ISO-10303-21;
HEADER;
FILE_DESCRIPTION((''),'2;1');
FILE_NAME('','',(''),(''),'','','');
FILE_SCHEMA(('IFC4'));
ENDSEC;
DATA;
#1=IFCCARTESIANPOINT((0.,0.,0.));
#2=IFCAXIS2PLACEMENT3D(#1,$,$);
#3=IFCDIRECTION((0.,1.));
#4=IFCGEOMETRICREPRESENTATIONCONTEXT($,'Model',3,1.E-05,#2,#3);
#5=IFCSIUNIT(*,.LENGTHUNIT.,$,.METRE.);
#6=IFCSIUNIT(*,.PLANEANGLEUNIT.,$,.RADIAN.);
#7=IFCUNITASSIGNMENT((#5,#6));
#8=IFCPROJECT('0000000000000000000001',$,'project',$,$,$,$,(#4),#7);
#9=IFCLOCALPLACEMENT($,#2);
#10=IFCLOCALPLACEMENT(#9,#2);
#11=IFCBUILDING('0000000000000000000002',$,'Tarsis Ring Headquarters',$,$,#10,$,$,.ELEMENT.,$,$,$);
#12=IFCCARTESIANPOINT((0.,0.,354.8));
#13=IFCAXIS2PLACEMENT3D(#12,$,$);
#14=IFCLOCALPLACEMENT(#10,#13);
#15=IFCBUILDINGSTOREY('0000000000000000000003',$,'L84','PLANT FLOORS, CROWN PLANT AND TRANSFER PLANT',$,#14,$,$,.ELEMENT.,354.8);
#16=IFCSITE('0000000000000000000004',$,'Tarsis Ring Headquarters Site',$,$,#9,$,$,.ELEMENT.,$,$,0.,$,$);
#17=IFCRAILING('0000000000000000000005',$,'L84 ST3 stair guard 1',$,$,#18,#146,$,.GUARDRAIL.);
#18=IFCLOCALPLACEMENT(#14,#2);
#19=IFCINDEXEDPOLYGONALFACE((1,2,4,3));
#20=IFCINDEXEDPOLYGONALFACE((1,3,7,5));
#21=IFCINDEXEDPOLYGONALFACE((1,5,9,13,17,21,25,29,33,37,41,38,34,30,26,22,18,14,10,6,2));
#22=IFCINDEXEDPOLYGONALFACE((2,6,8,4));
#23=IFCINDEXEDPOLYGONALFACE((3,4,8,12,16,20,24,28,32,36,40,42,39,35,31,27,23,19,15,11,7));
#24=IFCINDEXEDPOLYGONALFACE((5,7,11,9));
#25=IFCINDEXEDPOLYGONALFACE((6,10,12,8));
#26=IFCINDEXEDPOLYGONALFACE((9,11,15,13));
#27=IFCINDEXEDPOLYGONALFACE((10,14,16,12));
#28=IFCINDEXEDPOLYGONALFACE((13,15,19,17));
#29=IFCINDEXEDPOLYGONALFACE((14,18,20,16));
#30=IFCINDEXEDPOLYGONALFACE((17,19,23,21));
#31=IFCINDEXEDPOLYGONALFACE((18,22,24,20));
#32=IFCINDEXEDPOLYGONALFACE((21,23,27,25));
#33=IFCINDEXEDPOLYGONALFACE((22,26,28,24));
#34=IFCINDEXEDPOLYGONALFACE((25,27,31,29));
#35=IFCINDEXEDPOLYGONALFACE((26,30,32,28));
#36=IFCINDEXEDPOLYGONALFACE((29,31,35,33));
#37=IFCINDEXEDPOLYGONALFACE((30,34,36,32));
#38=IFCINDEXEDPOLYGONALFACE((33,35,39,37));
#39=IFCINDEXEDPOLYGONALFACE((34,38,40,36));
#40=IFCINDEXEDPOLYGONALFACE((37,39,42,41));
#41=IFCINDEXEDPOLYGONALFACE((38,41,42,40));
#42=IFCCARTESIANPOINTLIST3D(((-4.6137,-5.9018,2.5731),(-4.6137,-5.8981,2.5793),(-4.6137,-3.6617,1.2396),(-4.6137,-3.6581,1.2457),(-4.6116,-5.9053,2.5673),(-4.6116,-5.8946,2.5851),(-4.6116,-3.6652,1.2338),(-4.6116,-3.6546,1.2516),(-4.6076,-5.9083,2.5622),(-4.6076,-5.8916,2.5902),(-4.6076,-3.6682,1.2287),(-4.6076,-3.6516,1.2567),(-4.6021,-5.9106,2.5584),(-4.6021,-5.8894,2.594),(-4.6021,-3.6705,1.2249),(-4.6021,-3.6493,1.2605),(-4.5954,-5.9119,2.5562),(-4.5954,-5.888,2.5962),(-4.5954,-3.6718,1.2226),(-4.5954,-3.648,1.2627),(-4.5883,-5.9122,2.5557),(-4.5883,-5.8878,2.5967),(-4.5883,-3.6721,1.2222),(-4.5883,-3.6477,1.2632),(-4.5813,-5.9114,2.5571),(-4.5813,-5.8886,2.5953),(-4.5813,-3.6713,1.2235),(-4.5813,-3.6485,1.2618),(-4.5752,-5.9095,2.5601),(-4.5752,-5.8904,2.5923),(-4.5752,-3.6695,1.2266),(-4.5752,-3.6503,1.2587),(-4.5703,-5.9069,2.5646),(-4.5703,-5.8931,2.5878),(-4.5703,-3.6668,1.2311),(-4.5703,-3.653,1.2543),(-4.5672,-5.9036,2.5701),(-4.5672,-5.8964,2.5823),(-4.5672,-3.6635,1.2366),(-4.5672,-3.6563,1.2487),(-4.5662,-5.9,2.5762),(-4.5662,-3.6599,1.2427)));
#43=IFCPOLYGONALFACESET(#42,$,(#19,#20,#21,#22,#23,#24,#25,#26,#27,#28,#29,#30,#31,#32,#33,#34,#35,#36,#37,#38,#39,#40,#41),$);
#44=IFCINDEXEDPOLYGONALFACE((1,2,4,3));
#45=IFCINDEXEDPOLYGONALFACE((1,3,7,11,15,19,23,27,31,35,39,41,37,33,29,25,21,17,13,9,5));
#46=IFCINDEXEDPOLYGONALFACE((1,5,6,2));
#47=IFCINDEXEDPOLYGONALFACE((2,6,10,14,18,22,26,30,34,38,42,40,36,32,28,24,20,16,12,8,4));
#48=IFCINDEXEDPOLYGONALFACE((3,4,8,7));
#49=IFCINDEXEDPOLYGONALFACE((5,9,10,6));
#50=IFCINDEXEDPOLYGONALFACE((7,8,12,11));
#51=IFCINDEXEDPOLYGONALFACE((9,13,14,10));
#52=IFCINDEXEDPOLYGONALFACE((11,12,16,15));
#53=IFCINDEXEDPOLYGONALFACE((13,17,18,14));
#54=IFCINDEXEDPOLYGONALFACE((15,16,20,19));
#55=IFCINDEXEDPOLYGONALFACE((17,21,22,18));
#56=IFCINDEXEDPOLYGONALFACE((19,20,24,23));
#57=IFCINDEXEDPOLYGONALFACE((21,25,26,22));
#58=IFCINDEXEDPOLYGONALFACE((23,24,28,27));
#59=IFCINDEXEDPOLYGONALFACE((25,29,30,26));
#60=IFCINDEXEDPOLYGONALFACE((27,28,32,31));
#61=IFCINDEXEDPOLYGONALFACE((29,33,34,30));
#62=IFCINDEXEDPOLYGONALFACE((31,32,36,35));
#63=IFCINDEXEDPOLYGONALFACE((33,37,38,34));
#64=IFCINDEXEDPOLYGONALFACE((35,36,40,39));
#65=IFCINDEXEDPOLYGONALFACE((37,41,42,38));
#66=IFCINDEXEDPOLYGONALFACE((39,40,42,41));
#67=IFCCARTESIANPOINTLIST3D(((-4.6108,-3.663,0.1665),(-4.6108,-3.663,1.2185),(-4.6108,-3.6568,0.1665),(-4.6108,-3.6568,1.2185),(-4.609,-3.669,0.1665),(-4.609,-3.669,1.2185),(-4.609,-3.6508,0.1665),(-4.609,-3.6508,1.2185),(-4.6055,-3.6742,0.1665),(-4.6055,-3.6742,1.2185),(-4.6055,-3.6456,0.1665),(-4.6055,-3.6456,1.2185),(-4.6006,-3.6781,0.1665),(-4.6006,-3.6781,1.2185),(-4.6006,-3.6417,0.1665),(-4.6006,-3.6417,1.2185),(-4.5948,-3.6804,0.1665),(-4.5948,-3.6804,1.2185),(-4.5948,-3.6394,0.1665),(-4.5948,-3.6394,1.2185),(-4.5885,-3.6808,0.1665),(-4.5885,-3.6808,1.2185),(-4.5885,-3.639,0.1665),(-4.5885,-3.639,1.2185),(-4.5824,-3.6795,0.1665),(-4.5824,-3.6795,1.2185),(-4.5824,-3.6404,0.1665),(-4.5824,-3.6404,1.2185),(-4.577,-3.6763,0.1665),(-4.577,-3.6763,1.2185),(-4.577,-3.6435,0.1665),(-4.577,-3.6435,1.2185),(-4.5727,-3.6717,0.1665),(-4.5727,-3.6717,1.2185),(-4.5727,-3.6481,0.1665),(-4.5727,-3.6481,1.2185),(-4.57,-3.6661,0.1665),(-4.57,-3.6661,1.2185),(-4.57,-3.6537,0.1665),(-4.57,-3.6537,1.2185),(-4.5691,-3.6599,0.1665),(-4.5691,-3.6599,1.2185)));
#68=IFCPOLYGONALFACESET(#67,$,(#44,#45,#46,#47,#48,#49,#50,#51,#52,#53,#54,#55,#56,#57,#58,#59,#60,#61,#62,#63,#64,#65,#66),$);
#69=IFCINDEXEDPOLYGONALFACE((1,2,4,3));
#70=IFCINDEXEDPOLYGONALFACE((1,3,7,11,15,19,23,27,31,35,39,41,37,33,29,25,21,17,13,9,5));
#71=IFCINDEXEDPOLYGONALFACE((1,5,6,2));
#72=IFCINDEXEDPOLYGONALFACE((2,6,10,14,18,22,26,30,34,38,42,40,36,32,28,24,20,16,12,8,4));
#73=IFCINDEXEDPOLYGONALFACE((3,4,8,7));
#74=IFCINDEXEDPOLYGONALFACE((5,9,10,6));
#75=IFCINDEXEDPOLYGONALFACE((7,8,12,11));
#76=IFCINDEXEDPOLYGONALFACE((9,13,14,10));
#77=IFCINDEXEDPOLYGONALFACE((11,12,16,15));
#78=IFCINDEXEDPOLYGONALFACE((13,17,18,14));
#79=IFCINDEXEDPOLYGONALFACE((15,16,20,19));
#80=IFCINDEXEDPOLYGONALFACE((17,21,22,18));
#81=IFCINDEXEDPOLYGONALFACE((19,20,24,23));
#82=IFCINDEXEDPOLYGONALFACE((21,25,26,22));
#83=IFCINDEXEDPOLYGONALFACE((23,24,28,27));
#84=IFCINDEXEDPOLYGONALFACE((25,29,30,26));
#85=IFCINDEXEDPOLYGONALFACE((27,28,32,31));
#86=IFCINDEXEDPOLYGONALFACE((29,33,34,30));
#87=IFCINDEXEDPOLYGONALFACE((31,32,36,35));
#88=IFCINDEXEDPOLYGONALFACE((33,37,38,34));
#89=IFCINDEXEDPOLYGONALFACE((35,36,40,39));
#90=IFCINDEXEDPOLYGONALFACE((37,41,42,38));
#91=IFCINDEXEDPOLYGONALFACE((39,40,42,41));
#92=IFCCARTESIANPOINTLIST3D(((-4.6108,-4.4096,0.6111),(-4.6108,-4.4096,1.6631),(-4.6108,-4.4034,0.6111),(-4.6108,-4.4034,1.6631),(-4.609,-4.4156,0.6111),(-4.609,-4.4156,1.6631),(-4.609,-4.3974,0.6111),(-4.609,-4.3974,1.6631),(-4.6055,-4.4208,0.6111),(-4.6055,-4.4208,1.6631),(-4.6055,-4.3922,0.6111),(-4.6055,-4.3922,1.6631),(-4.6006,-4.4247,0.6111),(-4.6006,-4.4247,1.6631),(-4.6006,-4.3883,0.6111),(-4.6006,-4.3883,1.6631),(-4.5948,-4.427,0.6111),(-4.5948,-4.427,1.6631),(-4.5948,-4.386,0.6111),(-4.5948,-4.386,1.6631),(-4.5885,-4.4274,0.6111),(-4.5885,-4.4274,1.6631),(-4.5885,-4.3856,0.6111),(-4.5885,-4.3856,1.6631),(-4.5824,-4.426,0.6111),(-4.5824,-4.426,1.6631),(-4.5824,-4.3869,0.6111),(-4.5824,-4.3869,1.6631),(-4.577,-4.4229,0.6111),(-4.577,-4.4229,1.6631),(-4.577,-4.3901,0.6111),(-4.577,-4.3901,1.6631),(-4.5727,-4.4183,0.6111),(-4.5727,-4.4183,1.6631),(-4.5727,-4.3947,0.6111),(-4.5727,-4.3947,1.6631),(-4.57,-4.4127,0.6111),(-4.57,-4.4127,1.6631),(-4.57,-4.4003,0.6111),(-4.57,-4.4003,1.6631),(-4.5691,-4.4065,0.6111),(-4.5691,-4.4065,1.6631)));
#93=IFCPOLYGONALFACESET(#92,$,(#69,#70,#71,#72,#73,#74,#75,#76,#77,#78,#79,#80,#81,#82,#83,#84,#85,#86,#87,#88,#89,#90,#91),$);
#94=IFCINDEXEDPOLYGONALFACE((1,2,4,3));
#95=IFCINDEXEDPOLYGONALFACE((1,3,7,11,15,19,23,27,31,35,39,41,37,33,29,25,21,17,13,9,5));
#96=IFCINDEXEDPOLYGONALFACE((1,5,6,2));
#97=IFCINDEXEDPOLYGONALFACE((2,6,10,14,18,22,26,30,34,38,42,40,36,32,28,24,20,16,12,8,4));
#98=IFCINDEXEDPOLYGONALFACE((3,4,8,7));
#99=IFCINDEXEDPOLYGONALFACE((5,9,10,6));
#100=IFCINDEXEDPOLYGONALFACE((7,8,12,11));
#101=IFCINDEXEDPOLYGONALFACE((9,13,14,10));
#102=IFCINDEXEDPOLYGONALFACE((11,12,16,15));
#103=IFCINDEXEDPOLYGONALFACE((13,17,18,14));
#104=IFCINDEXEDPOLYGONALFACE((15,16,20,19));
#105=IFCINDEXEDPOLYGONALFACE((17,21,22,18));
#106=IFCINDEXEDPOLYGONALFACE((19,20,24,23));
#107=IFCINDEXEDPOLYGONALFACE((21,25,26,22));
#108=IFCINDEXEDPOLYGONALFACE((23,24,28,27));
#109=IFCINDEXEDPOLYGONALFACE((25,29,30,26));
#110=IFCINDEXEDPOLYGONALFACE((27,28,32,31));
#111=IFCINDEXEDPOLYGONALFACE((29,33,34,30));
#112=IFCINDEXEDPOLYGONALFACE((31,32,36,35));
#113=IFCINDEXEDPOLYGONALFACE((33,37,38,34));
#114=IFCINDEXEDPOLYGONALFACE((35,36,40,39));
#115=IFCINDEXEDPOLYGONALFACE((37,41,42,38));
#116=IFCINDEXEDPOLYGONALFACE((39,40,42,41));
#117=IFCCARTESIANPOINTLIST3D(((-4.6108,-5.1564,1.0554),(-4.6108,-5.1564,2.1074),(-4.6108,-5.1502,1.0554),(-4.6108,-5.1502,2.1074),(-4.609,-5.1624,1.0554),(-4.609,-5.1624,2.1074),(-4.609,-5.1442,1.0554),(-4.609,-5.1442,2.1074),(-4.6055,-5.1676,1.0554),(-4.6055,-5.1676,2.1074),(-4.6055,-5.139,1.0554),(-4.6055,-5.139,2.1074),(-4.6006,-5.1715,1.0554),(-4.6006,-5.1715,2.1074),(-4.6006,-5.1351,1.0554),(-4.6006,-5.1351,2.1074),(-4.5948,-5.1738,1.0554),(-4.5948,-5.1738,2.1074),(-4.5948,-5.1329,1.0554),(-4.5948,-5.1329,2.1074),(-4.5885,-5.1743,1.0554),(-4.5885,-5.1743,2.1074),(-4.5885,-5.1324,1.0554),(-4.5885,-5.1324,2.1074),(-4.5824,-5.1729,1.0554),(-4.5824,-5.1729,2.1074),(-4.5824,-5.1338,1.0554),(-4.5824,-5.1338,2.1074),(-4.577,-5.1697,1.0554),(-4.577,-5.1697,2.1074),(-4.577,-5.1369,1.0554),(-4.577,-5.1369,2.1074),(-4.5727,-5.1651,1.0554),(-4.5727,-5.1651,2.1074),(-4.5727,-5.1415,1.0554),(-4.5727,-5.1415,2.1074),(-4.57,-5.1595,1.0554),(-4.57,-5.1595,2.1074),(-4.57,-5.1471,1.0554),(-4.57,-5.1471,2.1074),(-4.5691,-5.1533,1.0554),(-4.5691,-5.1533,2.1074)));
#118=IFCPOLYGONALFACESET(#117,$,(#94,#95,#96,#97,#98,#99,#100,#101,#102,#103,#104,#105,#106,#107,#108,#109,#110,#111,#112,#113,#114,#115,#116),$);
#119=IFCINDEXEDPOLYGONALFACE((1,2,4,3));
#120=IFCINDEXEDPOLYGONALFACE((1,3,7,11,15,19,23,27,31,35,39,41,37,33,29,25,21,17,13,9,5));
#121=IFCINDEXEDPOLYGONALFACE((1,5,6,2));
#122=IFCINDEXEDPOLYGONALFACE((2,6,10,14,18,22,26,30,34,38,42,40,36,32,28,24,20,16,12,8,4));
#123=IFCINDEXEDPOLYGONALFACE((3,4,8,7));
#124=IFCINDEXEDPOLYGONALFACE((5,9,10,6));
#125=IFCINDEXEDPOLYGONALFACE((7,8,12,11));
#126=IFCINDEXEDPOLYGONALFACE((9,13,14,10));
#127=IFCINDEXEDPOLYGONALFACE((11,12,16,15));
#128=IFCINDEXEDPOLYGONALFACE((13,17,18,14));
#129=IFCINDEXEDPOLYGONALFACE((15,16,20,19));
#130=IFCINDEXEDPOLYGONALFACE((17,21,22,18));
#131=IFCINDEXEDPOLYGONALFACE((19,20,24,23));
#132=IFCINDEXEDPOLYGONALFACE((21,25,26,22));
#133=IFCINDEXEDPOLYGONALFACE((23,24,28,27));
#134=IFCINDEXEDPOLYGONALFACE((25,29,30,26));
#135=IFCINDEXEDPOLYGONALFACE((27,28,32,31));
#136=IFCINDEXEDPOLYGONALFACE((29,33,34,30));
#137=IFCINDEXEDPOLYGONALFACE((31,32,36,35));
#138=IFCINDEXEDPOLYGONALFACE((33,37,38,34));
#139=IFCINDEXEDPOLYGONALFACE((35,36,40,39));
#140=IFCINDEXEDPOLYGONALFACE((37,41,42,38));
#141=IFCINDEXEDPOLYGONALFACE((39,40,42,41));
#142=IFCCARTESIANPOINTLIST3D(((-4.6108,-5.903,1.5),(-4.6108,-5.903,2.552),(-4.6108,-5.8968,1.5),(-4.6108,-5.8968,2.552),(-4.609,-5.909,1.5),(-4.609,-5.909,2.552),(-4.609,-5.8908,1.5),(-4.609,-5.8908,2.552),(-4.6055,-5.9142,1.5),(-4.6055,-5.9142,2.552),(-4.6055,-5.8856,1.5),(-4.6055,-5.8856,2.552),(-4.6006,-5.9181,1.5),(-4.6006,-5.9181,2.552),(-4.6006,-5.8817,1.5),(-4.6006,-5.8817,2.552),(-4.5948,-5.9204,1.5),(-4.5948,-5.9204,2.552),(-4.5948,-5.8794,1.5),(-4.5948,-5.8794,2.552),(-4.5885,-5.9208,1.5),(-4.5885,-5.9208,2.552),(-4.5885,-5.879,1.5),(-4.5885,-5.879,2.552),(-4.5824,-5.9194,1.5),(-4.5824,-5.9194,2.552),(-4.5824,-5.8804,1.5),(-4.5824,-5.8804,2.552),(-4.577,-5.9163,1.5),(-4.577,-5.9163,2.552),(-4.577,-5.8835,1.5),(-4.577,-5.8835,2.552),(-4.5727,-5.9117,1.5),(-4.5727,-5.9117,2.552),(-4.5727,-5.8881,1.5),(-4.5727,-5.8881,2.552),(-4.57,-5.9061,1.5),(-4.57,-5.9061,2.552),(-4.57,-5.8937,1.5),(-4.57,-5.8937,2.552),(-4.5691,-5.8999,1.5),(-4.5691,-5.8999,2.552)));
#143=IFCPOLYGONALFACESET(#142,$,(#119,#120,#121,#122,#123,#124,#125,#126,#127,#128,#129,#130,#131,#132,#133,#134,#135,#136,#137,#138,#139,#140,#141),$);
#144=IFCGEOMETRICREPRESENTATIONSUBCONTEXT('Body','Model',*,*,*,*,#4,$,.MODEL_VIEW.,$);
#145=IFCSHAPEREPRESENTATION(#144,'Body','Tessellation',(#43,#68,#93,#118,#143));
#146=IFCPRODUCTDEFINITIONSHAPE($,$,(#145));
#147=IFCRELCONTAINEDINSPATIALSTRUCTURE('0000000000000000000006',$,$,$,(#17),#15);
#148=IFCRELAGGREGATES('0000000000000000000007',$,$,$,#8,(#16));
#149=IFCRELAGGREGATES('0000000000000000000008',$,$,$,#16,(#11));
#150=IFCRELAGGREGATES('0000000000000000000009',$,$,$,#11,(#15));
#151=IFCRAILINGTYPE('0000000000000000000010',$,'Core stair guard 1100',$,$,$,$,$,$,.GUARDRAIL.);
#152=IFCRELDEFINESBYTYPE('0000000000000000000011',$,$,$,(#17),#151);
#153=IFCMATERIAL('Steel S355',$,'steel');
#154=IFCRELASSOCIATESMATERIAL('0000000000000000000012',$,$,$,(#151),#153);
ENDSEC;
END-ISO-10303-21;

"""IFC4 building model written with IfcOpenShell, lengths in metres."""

from ifc_helpers import new_model, si_unit, direction, frame, origin, origin_2d, place, context, subcontext, project, spatial, circle, extrude, material, type_object, element, save


model = new_model("IFC4")

# Units and contexts
model_context = context("Model", 3, precision=1e-05, world=origin(), true_north=direction((0.0, 1.0)))
body_context = subcontext(model_context, "Body", "Model", "MODEL_VIEW")
ifc_project = project(units=[si_unit("LENGTHUNIT", "METRE"), si_unit("PLANEANGLEUNIT", "RADIAN")], contexts=[model_context])

# Site, building, storey
site_placement = place(None, origin())
site = spatial("IfcSite", under=ifc_project, at=site_placement, Name="Tarsis Ring Headquarters Site", CompositionType="ELEMENT", RefElevation=0.0)
building_placement = place(site_placement, origin())
building = spatial("IfcBuilding", under=site, at=building_placement, Name="Tarsis Ring Headquarters", CompositionType="ELEMENT")
storey_placement = place(building_placement, frame((0.0, 0.0, 354.8)))
storey = spatial("IfcBuildingStorey", under=building, at=storey_placement, Name="L84", Description="PLANT FLOORS, CROWN PLANT AND TRANSFER PLANT", CompositionType="ELEMENT", Elevation=354.8)

# Railing
ifc_material_1 = material(Name="Steel S355", Category="steel")
railing_type_1 = type_object("IfcRailingType", Name="Core stair guard 1100", PredefinedType="GUARDRAIL", material=ifc_material_1)
railing_1_placement = place(storey_placement, frame((-4.5901, -3.6599, 0.1665)))
element("IfcRailing", 1, at=railing_1_placement, inside=storey, type_object=railing_type_1, Name="L84 ST3 stair guard 1", PredefinedType="GUARDRAIL", context=body_context, shape_type="SweptSolid", body=[
    extrude(circle(Radius=0.0239, at=origin_2d()), frame((0.0, 0.0, 1.0762), z_axis=(0.0, -0.859264, 0.511532), x_axis=(1.0, 0.0, 0.0)), (0.0, 0.0, 1.0), 2.6069),
    extrude(circle(Radius=0.021, at=origin_2d()), origin(), (0.0, 0.0, 1.0), 1.052),
    extrude(circle(Radius=0.021, at=origin_2d()), frame((0.0, -0.7466, 0.4446)), (0.0, 0.0, 1.0), 1.052),
    extrude(circle(Radius=0.021, at=origin_2d()), frame((0.0, -1.4934, 0.8889)), (0.0, 0.0, 1.0), 1.052),
    extrude(circle(Radius=0.021, at=origin_2d()), frame((0.0, -2.24, 1.3335)), (0.0, 0.0, 1.0), 1.052),
])

save(model, "model.ifc")
